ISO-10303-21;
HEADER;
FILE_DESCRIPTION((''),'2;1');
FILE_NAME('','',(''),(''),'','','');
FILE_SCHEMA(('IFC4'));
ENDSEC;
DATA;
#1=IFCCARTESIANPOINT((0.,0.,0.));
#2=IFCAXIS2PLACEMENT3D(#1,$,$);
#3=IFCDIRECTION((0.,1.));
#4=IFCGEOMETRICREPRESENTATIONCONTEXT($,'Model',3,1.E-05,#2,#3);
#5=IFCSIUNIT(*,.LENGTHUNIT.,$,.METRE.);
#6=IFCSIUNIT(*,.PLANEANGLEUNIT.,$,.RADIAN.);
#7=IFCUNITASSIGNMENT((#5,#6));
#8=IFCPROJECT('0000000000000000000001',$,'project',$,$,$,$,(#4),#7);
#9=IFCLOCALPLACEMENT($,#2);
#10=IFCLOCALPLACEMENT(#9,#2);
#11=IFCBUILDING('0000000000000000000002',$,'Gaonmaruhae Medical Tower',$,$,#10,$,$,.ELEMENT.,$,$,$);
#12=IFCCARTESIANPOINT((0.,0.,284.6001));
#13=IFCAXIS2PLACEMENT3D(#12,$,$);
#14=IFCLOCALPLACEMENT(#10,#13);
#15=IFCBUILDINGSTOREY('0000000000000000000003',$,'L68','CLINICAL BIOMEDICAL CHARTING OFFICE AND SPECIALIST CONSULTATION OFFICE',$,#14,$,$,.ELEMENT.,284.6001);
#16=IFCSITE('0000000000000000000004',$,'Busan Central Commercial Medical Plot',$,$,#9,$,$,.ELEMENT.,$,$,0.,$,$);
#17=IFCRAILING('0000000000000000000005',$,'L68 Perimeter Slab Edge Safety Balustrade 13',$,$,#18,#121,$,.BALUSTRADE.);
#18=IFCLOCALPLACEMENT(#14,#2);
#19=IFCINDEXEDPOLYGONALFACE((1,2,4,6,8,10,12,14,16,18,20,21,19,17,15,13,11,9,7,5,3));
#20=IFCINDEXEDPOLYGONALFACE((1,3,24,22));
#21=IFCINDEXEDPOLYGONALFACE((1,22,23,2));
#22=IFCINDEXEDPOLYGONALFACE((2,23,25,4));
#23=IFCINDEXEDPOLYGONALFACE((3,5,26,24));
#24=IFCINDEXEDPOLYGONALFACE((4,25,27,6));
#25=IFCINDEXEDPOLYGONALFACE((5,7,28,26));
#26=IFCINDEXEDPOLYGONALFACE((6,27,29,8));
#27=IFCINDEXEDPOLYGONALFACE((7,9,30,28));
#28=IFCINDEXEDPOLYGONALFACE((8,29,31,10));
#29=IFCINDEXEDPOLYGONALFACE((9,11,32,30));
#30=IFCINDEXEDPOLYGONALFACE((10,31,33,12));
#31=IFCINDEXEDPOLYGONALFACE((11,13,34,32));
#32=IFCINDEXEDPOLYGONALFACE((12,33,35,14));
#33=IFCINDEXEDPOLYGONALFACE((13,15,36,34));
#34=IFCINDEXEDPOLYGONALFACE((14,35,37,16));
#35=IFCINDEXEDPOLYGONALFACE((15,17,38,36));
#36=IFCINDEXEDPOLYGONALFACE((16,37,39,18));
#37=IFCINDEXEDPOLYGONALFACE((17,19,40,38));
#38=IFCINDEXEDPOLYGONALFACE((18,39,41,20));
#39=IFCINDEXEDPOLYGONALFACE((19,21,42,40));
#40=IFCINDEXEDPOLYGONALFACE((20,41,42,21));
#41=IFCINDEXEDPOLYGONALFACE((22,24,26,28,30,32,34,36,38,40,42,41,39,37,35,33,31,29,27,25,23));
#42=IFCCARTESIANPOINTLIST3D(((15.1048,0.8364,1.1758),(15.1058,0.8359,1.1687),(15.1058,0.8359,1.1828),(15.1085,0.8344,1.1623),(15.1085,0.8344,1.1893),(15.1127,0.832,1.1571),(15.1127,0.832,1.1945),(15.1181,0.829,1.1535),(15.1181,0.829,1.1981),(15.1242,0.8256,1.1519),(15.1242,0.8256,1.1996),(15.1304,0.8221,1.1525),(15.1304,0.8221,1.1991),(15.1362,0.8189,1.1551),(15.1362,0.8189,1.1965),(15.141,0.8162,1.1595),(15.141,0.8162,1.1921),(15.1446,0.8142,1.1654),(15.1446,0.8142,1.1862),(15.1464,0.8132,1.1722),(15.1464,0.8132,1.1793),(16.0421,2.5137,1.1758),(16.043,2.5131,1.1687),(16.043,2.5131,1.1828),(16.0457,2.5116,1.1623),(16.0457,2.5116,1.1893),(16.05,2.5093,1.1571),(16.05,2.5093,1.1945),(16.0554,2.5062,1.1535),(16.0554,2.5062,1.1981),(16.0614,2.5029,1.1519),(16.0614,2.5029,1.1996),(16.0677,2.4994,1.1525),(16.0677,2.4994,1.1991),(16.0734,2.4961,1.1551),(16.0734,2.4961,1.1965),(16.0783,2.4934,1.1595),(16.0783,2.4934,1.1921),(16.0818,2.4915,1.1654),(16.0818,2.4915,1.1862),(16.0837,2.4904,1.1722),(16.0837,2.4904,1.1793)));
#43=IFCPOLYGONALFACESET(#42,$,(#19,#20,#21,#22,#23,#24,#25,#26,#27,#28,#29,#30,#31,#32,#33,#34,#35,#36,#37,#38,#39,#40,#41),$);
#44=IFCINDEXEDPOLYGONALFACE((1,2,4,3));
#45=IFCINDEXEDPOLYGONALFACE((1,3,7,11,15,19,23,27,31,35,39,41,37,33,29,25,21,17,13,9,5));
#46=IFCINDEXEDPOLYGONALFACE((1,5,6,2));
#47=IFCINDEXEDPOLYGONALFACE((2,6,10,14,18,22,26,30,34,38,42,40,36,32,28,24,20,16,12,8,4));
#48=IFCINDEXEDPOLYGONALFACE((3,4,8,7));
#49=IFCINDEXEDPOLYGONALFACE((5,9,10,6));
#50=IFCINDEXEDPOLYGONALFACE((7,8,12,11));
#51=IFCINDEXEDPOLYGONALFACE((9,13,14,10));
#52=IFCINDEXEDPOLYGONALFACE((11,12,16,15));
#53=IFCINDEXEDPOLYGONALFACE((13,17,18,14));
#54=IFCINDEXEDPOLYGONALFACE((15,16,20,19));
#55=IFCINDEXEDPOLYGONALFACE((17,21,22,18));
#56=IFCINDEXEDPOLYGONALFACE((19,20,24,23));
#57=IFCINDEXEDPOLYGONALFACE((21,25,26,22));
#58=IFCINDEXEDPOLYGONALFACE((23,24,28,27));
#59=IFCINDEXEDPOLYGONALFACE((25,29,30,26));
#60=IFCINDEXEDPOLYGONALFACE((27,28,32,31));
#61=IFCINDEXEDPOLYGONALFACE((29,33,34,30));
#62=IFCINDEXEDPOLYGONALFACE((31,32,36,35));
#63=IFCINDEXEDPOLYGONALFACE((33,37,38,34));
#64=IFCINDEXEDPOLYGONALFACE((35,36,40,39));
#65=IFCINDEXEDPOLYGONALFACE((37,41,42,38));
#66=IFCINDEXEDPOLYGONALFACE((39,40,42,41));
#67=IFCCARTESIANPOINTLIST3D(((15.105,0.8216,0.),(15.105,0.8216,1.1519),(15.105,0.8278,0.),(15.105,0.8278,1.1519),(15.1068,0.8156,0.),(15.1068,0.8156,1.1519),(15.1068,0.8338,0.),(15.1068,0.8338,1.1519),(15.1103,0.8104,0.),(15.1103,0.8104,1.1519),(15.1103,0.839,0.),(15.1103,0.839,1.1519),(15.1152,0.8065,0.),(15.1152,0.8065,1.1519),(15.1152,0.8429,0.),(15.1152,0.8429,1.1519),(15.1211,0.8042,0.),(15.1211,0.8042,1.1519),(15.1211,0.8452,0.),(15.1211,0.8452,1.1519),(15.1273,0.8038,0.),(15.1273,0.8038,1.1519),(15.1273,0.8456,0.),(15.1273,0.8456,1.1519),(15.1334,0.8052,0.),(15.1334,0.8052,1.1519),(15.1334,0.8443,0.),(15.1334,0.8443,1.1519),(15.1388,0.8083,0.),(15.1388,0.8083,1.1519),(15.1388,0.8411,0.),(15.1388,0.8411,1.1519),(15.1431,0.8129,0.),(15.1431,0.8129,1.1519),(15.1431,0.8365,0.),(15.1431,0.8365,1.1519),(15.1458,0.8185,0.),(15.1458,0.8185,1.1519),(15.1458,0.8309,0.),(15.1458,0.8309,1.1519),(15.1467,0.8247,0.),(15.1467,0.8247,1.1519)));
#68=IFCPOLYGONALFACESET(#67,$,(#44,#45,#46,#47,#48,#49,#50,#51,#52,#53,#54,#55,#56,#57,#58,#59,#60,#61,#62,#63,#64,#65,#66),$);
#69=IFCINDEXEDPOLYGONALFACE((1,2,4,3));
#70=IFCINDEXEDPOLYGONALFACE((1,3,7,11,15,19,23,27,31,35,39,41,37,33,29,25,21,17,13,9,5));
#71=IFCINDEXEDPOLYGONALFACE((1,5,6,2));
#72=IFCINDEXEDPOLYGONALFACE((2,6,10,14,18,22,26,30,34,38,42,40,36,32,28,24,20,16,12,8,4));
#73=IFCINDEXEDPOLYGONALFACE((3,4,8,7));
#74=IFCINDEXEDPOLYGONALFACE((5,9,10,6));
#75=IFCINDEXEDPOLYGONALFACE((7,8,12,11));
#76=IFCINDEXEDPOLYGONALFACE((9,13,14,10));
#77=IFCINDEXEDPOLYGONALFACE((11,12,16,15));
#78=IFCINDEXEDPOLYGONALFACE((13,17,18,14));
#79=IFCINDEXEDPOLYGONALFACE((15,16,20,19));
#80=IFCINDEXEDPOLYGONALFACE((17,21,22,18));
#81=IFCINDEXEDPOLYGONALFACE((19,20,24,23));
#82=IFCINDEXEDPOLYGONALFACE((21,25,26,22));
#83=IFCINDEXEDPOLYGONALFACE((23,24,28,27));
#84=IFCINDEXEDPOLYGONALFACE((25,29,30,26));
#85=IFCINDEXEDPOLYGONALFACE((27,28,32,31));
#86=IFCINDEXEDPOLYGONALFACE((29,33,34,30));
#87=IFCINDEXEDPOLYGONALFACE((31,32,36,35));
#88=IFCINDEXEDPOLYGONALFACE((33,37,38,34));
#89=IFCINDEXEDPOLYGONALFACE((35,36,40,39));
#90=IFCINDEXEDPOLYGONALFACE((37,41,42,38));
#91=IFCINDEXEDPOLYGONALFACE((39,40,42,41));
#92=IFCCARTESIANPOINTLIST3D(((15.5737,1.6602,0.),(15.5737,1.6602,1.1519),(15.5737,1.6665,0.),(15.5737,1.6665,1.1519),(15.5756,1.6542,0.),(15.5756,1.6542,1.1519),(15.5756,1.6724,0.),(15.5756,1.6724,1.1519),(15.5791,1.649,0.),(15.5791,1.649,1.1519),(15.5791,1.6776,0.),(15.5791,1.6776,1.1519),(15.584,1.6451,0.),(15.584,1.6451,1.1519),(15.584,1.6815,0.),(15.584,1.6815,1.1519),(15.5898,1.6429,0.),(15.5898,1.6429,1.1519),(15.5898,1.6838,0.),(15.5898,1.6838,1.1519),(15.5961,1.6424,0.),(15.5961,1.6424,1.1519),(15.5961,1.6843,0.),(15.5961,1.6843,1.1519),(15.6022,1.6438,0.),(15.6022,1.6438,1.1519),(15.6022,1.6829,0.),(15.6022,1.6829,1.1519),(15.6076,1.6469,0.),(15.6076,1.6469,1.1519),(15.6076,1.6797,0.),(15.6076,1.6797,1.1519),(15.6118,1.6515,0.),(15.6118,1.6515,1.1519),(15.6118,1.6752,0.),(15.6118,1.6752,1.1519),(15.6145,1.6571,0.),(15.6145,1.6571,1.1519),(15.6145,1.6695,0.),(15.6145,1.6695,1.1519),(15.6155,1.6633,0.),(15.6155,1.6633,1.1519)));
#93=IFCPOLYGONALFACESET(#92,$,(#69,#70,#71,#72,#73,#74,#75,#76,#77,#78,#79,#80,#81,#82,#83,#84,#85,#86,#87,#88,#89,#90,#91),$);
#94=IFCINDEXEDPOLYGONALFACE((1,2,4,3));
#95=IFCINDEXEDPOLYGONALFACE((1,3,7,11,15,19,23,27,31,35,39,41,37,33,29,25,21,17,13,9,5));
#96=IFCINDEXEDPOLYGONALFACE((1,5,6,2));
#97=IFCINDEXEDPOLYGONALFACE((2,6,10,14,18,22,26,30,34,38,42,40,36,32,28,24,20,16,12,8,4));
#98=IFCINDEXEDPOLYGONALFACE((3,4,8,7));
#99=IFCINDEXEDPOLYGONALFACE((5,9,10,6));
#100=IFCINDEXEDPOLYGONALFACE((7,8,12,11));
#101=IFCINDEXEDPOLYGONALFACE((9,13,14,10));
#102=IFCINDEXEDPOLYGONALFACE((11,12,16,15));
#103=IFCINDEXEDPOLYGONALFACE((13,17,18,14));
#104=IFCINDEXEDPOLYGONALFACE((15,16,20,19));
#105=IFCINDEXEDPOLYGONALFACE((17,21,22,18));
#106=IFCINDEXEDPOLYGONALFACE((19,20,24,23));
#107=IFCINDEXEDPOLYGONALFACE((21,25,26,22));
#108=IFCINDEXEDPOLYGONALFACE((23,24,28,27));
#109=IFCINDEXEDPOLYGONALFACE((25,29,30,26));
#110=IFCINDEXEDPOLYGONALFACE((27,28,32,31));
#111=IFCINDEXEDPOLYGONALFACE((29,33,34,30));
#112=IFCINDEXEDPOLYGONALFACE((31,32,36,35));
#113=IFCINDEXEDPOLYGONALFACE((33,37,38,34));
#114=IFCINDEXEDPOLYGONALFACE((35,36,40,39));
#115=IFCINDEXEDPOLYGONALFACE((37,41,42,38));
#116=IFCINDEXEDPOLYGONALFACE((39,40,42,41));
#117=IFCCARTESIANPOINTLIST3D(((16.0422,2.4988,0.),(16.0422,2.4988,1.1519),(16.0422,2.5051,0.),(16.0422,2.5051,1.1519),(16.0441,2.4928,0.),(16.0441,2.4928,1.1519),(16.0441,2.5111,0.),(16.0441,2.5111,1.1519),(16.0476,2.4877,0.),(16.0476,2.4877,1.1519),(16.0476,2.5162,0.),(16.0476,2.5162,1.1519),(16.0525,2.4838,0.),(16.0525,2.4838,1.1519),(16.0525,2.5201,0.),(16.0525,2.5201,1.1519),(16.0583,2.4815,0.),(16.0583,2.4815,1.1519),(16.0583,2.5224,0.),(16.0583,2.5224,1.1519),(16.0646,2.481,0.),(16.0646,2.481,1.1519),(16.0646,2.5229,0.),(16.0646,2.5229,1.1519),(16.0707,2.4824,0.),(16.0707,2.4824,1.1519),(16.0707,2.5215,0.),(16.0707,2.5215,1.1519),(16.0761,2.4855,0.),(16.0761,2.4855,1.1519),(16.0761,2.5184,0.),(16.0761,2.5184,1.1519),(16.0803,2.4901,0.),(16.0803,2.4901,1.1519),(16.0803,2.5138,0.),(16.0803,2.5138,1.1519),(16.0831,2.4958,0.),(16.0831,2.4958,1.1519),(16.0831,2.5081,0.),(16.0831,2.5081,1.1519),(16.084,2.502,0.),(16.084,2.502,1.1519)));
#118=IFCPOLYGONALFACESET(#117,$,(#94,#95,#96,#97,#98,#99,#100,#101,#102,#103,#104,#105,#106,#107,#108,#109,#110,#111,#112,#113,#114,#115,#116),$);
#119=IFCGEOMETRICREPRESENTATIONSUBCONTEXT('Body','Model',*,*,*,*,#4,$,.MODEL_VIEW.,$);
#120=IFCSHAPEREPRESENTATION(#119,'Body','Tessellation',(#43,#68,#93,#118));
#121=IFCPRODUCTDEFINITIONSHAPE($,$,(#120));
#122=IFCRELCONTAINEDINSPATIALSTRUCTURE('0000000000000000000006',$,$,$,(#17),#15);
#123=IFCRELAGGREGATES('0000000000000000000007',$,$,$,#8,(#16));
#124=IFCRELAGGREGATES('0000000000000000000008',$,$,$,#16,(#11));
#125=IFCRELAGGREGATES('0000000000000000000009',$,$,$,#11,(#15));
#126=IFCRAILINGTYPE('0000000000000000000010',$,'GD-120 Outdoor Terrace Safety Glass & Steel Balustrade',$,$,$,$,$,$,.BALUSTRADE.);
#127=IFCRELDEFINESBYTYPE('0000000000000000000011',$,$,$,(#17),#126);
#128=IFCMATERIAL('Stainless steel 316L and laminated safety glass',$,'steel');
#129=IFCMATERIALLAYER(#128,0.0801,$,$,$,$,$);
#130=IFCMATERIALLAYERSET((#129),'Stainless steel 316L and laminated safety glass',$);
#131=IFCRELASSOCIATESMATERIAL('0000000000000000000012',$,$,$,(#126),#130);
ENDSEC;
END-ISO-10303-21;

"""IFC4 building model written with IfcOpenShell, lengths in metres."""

from ifc_helpers import new_model, si_unit, direction, frame, origin, origin_2d, place, context, subcontext, project, spatial, circle, extrude, material, layer, layer_set, type_object, element, save


model = new_model("IFC4")

# Units and contexts
model_context = context("Model", 3, precision=1e-05, world=origin(), true_north=direction((0.0, 1.0)))
body_context = subcontext(model_context, "Body", "Model", "MODEL_VIEW")
ifc_project = project(units=[si_unit("LENGTHUNIT", "METRE"), si_unit("PLANEANGLEUNIT", "RADIAN")], contexts=[model_context])

# Site, building, storey
site_placement = place(None, origin())
site = spatial("IfcSite", under=ifc_project, at=site_placement, Name="Busan Central Commercial Medical Plot", CompositionType="ELEMENT", RefElevation=0.0)
building_placement = place(site_placement, origin())
building = spatial("IfcBuilding", under=site, at=building_placement, Name="Gaonmaruhae Medical Tower", CompositionType="ELEMENT")
storey_placement = place(building_placement, frame((0.0, 0.0, 284.6001)))
storey = spatial("IfcBuildingStorey", under=building, at=storey_placement, Name="L68", Description="CLINICAL BIOMEDICAL CHARTING OFFICE AND SPECIALIST CONSULTATION OFFICE", CompositionType="ELEMENT", Elevation=284.6001)

# Railing
ifc_material_1 = material(Name="Stainless steel 316L and laminated safety glass", Category="steel")
ifc_layer_1 = layer(ifc_material_1, 0.0801)
ifc_layer_set_1 = layer_set([ifc_layer_1], Name="Stainless steel 316L and laminated safety glass")
railing_type = type_object("IfcRailingType", Name="GD-120 Outdoor Terrace Safety Glass & Steel Balustrade", PredefinedType="BALUSTRADE", material=ifc_layer_set_1)
railing_placement = place(storey_placement, frame((15.1257, 0.8247, 0.0)))
element("IfcRailing", 1, at=railing_placement, inside=storey, type_object=railing_type, Name="L68 Perimeter Slab Edge Safety Balustrade 13", PredefinedType="BALUSTRADE", context=body_context, shape_type="SweptSolid", body=[
    extrude(circle(Radius=0.0239, at=origin_2d()), frame((0.0, 0.0, 1.1758), z_axis=(0.48781, 0.87295, 0.0), x_axis=(-0.87295, 0.48781, 0.0)), (0.0, 0.0, 1.0), 1.9214),
    extrude(circle(Radius=0.021, at=origin_2d()), origin(), (0.0, 0.0, 1.0), 1.1519),
    extrude(circle(Radius=0.021, at=origin_2d()), frame((0.4688, 0.8386, 0.0)), (0.0, 0.0, 1.0), 1.1519),
    extrude(circle(Radius=0.021, at=origin_2d()), frame((0.9373, 1.6772, 0.0)), (0.0, 0.0, 1.0), 1.1519),
])

save(model, "model.ifc")
